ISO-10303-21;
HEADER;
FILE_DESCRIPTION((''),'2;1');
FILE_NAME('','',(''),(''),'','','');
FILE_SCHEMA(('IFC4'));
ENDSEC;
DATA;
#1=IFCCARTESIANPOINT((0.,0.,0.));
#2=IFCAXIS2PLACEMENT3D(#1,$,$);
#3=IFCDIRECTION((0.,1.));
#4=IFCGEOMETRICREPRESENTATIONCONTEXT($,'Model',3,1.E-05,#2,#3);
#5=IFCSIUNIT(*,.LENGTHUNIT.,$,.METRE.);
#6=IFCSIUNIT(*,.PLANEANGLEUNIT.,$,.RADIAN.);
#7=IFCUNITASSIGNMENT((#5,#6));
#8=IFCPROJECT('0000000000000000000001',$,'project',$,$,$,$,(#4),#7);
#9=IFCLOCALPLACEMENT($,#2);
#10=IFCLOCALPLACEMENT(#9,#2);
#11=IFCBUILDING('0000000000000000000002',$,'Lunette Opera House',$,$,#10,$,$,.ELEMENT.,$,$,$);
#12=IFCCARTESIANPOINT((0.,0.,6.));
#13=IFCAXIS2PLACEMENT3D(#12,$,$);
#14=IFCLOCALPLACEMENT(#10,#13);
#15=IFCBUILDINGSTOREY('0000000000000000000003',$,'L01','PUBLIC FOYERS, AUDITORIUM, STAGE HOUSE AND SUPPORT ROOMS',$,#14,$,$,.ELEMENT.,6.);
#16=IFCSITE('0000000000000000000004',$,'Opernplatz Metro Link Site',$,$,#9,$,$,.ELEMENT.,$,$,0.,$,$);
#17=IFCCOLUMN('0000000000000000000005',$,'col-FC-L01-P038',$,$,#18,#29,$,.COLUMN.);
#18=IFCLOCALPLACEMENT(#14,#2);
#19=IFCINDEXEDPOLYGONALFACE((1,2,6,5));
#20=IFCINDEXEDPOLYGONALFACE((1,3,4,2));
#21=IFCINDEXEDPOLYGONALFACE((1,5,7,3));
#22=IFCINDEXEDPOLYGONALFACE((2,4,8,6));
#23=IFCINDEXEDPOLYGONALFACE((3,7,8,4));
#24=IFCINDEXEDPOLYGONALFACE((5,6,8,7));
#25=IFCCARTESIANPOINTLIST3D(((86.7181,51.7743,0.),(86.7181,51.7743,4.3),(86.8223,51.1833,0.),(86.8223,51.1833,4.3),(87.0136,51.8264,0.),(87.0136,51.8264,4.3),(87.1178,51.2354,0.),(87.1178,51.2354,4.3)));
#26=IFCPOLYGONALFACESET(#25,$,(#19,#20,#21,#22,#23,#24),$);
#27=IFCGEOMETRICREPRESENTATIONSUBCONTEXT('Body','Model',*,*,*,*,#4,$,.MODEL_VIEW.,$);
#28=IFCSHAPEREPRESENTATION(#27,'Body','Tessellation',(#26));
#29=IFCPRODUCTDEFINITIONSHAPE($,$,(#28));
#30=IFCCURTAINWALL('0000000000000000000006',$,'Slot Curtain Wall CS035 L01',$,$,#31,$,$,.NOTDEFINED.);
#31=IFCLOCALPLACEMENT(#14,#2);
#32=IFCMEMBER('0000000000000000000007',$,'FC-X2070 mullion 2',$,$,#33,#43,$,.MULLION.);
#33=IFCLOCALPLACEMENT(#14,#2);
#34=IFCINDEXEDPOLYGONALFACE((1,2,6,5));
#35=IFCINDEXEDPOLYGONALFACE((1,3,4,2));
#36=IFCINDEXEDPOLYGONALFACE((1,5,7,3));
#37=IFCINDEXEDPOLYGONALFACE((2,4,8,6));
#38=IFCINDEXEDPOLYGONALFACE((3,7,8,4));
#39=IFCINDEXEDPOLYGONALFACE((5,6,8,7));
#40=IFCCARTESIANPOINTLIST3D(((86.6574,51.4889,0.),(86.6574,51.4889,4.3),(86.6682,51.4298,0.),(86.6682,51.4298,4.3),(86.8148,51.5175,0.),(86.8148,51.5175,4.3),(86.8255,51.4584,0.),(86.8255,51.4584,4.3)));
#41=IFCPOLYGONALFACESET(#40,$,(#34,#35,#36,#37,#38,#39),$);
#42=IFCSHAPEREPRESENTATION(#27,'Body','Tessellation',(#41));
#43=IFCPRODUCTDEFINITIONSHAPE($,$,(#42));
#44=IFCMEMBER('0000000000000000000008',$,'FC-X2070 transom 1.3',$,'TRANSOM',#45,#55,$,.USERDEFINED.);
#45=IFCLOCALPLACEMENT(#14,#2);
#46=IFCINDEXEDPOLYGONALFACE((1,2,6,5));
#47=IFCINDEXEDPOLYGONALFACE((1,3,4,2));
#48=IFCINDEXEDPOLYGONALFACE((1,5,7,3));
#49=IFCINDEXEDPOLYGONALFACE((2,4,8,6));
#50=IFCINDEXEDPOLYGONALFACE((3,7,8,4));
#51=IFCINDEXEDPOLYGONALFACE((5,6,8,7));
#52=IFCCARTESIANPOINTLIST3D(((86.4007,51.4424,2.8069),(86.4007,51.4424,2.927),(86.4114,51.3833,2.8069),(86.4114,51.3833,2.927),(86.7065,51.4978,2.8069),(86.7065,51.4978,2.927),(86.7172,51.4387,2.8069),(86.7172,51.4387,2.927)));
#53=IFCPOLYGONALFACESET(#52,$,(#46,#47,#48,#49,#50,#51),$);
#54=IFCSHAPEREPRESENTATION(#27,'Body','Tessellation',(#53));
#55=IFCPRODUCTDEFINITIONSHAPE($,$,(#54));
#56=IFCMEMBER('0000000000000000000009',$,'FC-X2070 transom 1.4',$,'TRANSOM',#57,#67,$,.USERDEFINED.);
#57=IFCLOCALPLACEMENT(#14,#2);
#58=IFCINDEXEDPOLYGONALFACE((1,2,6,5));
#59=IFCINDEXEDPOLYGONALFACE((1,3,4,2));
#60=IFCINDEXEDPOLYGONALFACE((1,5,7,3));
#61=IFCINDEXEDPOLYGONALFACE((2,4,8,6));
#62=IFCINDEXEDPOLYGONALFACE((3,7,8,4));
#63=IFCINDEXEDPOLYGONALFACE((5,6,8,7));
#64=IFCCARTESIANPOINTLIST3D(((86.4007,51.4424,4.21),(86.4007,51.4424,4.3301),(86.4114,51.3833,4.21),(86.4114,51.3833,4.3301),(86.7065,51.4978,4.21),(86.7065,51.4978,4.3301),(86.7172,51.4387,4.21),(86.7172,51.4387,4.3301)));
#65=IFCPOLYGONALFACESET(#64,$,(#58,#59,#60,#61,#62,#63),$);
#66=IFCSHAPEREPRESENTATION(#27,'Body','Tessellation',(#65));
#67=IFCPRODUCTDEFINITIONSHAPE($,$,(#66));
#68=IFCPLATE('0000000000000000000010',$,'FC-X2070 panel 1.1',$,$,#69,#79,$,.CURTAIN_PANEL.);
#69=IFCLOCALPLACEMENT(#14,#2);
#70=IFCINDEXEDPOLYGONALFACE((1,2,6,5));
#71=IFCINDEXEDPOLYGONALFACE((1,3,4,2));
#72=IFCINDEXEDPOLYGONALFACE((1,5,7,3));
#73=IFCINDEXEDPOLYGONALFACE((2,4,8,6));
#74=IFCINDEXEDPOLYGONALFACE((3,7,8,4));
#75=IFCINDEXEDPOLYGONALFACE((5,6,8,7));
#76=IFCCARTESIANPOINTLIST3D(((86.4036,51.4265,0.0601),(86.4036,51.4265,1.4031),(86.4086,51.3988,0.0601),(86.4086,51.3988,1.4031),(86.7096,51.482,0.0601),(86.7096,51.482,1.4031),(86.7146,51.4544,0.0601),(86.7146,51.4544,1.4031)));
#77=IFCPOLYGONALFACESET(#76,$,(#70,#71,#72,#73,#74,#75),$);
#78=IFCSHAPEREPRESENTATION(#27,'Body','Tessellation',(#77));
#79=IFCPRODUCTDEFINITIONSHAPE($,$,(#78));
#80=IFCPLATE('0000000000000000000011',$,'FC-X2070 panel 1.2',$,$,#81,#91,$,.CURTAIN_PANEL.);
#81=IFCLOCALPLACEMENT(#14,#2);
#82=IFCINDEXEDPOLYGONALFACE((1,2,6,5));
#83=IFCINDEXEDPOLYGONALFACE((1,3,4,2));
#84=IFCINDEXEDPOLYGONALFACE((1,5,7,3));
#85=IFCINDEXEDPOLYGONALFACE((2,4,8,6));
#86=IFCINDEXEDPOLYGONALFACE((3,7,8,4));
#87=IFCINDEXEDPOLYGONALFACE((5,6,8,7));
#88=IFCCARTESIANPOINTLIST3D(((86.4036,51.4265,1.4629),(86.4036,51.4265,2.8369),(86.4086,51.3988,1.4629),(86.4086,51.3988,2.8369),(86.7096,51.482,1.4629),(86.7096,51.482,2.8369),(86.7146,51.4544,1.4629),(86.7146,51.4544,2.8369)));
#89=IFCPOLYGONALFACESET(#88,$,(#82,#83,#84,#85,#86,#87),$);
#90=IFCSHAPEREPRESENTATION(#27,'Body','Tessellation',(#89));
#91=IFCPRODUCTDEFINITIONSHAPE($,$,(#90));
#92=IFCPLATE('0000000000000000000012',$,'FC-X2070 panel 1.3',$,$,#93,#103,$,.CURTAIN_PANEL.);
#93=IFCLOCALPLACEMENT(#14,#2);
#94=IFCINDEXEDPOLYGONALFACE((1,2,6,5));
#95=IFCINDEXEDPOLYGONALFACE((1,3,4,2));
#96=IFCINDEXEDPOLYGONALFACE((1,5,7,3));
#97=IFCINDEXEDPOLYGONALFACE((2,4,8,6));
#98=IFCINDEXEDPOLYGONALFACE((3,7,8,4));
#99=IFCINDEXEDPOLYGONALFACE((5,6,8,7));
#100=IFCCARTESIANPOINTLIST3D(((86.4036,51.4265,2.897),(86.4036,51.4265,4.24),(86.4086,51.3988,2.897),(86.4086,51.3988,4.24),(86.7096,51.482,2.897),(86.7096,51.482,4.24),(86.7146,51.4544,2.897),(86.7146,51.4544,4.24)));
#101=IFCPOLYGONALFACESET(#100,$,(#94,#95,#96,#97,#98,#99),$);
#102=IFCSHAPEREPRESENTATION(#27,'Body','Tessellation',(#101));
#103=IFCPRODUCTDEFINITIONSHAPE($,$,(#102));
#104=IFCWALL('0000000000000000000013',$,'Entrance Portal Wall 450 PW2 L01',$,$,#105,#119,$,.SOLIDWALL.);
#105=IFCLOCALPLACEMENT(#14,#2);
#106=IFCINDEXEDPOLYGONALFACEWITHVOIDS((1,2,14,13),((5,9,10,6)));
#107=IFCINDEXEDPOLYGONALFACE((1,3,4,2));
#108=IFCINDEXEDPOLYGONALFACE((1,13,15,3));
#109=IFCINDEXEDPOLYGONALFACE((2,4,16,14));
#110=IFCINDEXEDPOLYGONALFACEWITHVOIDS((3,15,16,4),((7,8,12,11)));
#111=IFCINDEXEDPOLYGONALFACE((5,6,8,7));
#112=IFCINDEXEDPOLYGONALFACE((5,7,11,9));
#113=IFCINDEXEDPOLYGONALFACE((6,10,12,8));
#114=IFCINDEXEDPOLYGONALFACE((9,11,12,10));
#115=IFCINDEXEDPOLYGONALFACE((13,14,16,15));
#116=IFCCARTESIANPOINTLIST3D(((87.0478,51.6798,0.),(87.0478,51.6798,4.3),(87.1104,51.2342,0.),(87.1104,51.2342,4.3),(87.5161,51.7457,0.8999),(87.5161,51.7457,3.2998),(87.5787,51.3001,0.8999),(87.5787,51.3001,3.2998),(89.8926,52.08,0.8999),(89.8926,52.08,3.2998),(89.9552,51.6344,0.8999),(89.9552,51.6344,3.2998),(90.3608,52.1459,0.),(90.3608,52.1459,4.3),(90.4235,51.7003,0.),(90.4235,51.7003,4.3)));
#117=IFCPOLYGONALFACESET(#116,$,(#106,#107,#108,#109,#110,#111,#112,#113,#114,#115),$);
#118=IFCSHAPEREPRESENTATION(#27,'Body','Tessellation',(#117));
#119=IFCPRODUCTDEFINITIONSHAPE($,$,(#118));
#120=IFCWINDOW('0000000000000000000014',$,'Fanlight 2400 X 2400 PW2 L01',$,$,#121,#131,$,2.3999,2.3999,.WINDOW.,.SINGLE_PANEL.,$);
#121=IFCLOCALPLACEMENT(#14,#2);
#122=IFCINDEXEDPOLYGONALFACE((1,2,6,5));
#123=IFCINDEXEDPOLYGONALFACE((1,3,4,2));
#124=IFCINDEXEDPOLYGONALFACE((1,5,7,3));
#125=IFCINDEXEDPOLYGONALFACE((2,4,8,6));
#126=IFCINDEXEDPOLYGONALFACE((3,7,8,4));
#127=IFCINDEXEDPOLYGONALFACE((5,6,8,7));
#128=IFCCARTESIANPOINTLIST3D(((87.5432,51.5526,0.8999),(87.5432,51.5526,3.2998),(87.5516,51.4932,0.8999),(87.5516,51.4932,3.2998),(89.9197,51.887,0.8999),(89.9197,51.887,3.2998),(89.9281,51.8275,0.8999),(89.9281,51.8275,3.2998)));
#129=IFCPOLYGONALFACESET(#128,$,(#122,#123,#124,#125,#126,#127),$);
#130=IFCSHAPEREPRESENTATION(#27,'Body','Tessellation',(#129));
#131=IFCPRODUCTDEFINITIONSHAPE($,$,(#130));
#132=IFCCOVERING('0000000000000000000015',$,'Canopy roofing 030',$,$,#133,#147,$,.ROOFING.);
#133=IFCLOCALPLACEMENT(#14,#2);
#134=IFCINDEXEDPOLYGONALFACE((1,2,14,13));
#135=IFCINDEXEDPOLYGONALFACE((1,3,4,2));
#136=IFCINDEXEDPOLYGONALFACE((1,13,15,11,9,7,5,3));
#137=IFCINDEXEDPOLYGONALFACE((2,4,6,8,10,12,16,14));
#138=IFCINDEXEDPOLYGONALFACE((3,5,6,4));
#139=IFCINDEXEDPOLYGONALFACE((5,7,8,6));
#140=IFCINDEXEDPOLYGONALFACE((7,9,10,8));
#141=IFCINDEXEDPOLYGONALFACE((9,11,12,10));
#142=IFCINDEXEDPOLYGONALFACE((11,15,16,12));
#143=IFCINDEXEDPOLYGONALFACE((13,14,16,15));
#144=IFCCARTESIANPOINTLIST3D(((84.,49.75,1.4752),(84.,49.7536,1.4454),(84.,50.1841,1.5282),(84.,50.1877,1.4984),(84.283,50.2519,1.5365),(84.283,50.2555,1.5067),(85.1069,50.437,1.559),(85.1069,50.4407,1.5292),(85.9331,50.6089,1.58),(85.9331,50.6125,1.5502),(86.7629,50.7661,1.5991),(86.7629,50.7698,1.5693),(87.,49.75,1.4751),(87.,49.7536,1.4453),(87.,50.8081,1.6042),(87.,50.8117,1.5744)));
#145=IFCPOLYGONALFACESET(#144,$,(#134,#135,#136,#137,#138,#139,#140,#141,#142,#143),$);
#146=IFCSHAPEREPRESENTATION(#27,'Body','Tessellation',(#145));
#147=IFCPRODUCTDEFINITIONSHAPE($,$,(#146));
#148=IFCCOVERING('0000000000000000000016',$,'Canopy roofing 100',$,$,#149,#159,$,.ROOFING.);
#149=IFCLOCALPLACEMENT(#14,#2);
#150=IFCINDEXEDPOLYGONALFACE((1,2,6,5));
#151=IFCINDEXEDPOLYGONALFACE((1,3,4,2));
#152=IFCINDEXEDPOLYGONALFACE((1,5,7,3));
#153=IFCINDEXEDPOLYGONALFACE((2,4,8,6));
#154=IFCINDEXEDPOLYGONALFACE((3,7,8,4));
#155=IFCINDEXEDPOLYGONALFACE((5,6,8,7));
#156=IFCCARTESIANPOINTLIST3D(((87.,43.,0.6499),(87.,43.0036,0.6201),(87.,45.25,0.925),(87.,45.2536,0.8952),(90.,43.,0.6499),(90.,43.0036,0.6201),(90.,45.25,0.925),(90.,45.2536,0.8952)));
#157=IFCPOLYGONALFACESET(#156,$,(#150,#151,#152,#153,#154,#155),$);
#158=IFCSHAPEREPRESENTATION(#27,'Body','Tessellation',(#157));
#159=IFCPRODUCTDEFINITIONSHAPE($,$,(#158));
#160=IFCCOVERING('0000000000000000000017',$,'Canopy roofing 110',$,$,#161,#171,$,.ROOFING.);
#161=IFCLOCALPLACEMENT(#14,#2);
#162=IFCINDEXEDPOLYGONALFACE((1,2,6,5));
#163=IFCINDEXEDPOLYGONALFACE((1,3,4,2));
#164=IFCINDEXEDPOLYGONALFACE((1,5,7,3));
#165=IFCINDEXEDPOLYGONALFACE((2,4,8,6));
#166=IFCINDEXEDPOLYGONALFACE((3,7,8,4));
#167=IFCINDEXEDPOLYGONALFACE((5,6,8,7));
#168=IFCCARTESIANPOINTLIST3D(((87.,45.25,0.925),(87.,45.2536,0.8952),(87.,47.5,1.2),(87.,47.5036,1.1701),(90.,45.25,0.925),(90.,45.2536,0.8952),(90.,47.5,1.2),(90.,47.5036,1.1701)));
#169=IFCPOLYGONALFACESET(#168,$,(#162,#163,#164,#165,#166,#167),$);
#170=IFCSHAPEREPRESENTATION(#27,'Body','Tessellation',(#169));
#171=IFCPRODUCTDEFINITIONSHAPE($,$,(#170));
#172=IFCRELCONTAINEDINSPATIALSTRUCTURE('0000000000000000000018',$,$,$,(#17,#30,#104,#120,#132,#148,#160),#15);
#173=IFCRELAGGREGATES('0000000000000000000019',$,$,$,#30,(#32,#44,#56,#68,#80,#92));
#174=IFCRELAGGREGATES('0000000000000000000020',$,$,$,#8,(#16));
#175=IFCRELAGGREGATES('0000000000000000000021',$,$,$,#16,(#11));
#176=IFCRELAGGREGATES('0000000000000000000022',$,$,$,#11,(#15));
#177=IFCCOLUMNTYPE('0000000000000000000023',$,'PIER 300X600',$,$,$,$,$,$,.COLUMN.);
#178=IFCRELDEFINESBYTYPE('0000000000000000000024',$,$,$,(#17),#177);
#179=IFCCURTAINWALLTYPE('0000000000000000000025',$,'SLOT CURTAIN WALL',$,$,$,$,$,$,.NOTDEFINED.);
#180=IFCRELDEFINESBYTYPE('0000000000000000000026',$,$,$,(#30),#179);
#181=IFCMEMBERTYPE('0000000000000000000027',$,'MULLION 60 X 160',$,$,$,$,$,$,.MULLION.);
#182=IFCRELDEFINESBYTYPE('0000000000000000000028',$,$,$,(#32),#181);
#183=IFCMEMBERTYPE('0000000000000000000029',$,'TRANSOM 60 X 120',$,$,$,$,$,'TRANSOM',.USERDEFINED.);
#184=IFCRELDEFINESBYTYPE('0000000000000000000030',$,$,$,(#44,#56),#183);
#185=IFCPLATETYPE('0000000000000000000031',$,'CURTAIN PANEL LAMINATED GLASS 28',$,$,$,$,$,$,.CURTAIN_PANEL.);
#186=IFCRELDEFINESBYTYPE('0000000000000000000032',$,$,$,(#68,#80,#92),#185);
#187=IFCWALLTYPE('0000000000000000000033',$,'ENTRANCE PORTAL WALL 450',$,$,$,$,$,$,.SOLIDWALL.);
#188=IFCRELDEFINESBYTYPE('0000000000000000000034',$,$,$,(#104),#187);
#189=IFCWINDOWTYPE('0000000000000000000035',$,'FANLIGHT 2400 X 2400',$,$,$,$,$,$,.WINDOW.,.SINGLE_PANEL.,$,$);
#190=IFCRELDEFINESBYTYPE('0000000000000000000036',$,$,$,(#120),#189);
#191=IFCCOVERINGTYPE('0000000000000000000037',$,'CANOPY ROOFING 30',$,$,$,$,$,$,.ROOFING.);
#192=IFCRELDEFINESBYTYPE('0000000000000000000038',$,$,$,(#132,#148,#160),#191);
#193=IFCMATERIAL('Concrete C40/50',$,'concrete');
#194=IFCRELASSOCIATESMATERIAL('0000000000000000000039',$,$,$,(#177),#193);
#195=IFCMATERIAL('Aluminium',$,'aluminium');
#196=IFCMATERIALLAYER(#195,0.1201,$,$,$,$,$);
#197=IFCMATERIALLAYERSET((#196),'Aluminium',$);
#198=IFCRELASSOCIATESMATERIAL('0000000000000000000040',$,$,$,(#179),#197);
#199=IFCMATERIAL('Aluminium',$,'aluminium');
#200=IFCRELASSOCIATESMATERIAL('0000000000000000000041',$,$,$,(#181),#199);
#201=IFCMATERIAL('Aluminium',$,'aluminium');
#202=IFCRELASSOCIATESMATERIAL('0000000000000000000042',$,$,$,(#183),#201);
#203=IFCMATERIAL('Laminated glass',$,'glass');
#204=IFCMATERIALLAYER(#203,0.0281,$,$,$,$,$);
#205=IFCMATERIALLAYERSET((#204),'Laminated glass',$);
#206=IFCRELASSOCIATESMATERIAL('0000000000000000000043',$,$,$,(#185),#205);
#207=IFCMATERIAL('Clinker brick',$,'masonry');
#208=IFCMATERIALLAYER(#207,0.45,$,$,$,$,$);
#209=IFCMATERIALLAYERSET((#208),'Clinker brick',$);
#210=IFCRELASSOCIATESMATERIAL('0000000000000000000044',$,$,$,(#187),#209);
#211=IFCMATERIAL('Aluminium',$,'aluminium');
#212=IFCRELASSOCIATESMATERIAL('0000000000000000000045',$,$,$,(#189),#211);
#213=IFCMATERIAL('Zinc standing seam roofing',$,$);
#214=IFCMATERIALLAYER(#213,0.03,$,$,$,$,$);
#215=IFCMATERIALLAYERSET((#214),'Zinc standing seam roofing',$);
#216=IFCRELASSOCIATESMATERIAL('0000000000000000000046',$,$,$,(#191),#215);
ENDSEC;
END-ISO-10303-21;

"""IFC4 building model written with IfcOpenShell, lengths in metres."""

from ifc_helpers import new_model, si_unit, direction, frame, frame_2d, origin, origin_2d, place, context, subcontext, project, spatial, polyline, rectangle, outline, extrude, material, layer, layer_set, material_profile, profile_set, type_object, element, fill, aggregate, save


model = new_model("IFC4")

# Units and contexts
model_context = context("Model", 3, precision=1e-05, world=origin(), true_north=direction((0.0, 1.0)))
body_context = subcontext(model_context, "Body", "Model", "MODEL_VIEW")
ifc_project = project(units=[si_unit("LENGTHUNIT", "METRE"), si_unit("PLANEANGLEUNIT", "RADIAN")], contexts=[model_context])

# Site, building, storey
site_placement = place(None, origin())
site = spatial("IfcSite", under=ifc_project, at=site_placement, Name="Opernplatz Metro Link Site", CompositionType="ELEMENT", RefElevation=0.0)
building_placement = place(site_placement, origin())
building = spatial("IfcBuilding", under=site, at=building_placement, Name="Lunette Opera House", CompositionType="ELEMENT")
storey_placement = place(building_placement, frame((0.0, 0.0, 6.0)))
storey = spatial("IfcBuildingStorey", under=building, at=storey_placement, Name="L01", Description="PUBLIC FOYERS, AUDITORIUM, STAGE HOUSE AND SUPPORT ROOMS", CompositionType="ELEMENT", Elevation=6.0)

# Column
ifc_material_1 = material(Name="Concrete C40/50", Category="concrete")
ifc_material_profile_1 = material_profile(ifc_material_1, rectangle(XDim=0.3, YDim=0.6001, at=origin_2d()), Name="PIER 300X600")
ifc_profile_set_1 = profile_set([ifc_material_profile_1], Name="Concrete C40/50")
column_type = type_object("IfcColumnType", Name="PIER 300X600", PredefinedType="COLUMN", material=ifc_profile_set_1)
column_placement = place(storey_placement, frame((86.918, 51.5049, 0.0), z_axis=(0.0, 0.0, 1.0), x_axis=(0.984808, 0.173648, 0.0)))
element("IfcColumn", 1, at=column_placement, inside=storey, type_object=column_type, Name="col-FC-L01-P038", PredefinedType="COLUMN", context=body_context, shape_type="SweptSolid", body=[
    extrude(rectangle(XDim=0.3, YDim=0.6001, at=origin_2d()), origin(), (0.0, 0.0, 1.0), 4.3),
])

# Curtain wall, members, plates
ifc_material_2 = material(Name="Aluminium", Category="aluminium")
ifc_layer_1 = layer(ifc_material_2, 0.1201)
ifc_layer_set_1 = layer_set([ifc_layer_1], Name="Aluminium")
curtain_wall_type = type_object("IfcCurtainWallType", Name="SLOT CURTAIN WALL", PredefinedType="NOTDEFINED", material=ifc_layer_set_1)
curtain_wall_placement = place(storey_placement, origin())
curtain_wall = element("IfcCurtainWall", 2, at=curtain_wall_placement, inside=storey, type_object=curtain_wall_type, Name="Slot Curtain Wall CS035 L01", PredefinedType="NOTDEFINED")
ifc_material_3 = material(Name="Aluminium", Category="aluminium")
ifc_material_profile_2 = material_profile(ifc_material_3, rectangle(XDim=0.0601, YDim=0.1599, at=origin_2d()), Name="MULLION 60 X 160")
ifc_profile_set_2 = profile_set([ifc_material_profile_2], Name="Aluminium")
member_type_1 = type_object("IfcMemberType", Name="MULLION 60 X 160", PredefinedType="MULLION", material=ifc_profile_set_2)
member_1_placement = place(storey_placement, frame((86.7415, 51.4736, 0.0), z_axis=(0.0, 0.0, 1.0), x_axis=(-0.178681, 0.983907, 0.0)))
member_1 = element("IfcMember", 3, at=member_1_placement, type_object=member_type_1, Name="FC-X2070 mullion 2", PredefinedType="MULLION", context=body_context, shape_type="SweptSolid", body=[
    extrude(rectangle(XDim=0.0601, YDim=0.1599, at=origin_2d()), origin(), (0.0, 0.0, 1.0), 4.3),
])
ifc_material_4 = material(Name="Aluminium", Category="aluminium")
ifc_material_profile_3 = material_profile(ifc_material_4, rectangle(XDim=0.0601, YDim=0.1201, at=origin_2d()), Name="TRANSOM 60 X 120")
ifc_profile_set_3 = profile_set([ifc_material_profile_3], Name="Aluminium")
member_type_2 = type_object("IfcMemberType", Name="TRANSOM 60 X 120", ElementType="TRANSOM", PredefinedType="USERDEFINED", material=ifc_profile_set_3)
member_2_placement = place(storey_placement, frame((86.406, 51.4128, 2.8669), z_axis=(0.983983, 0.178263, 0.0), x_axis=(-0.178263, 0.983983, 0.0)))
member_2 = element("IfcMember", 4, at=member_2_placement, type_object=member_type_2, Name="FC-X2070 transom 1.3", ObjectType="TRANSOM", PredefinedType="USERDEFINED", context=body_context, shape_type="SweptSolid", body=[
    extrude(rectangle(XDim=0.0601, YDim=0.1201, at=origin_2d()), origin(), (0.0, 0.0, 1.0), 0.3108),
])
member_3_placement = place(storey_placement, frame((86.406, 51.4128, 4.27), z_axis=(0.983983, 0.178263, 0.0), x_axis=(-0.178263, 0.983983, 0.0)))
member_3 = element("IfcMember", 5, at=member_3_placement, type_object=member_type_2, Name="FC-X2070 transom 1.4", ObjectType="TRANSOM", PredefinedType="USERDEFINED", context=body_context, shape_type="SweptSolid", body=[
    extrude(rectangle(XDim=0.0601, YDim=0.1201, at=origin_2d()), origin(), (0.0, 0.0, 1.0), 0.3108),
])
ifc_material_5 = material(Name="Laminated glass", Category="glass")
ifc_layer_2 = layer(ifc_material_5, 0.0281)
ifc_layer_set_2 = layer_set([ifc_layer_2], Name="Laminated glass")
plate_type = type_object("IfcPlateType", Name="CURTAIN PANEL LAMINATED GLASS 28", PredefinedType="CURTAIN_PANEL", material=ifc_layer_set_2)
plate_1_placement = place(storey_placement, frame((86.5591, 51.4404, 0.0601), z_axis=(0.0, 0.0, 1.0), x_axis=(0.983907, 0.178681, 0.0)))
plate_1 = element("IfcPlate", 6, at=plate_1_placement, type_object=plate_type, Name="FC-X2070 panel 1.1", PredefinedType="CURTAIN_PANEL", context=body_context, shape_type="SweptSolid", body=[
    extrude(rectangle(XDim=0.311, YDim=0.0281, at=origin_2d()), origin(), (0.0, 0.0, 1.0), 1.343),
])
plate_2_placement = place(storey_placement, frame((86.5591, 51.4404, 1.4629), z_axis=(0.0, 0.0, 1.0), x_axis=(0.983907, 0.178681, 0.0)))
plate_2 = element("IfcPlate", 7, at=plate_2_placement, type_object=plate_type, Name="FC-X2070 panel 1.2", PredefinedType="CURTAIN_PANEL", context=body_context, shape_type="SweptSolid", body=[
    extrude(rectangle(XDim=0.311, YDim=0.0281, at=origin_2d()), origin(), (0.0, 0.0, 1.0), 1.374),
])
plate_3_placement = place(storey_placement, frame((86.5591, 51.4404, 2.897), z_axis=(0.0, 0.0, 1.0), x_axis=(0.983907, 0.178681, 0.0)))
plate_3 = element("IfcPlate", 8, at=plate_3_placement, type_object=plate_type, Name="FC-X2070 panel 1.3", PredefinedType="CURTAIN_PANEL", context=body_context, shape_type="SweptSolid", body=[
    extrude(rectangle(XDim=0.311, YDim=0.0281, at=origin_2d()), origin(), (0.0, 0.0, 1.0), 1.343),
])
aggregate(curtain_wall, [member_1, member_2, member_3, plate_1, plate_2, plate_3])

# Wall, opening, window
ifc_material_6 = material(Name="Clinker brick", Category="masonry")
ifc_layer_3 = layer(ifc_material_6, 0.45)
ifc_layer_set_3 = layer_set([ifc_layer_3], Name="Clinker brick")
wall_type = type_object("IfcWallType", Name="ENTRANCE PORTAL WALL 450", PredefinedType="SOLIDWALL", material=ifc_layer_set_3)
wall_placement = place(storey_placement, frame((87.0791, 51.457, 0.0), z_axis=(0.0, 0.0, 1.0), x_axis=(0.990249, 0.139306, 0.0)))
wall = element("IfcWall", 9, at=wall_placement, inside=storey, type_object=wall_type, Name="Entrance Portal Wall 450 PW2 L01", PredefinedType="SOLIDWALL", context=body_context, shape_type="SweptSolid", body=[
    extrude(rectangle(XDim=3.3457, YDim=0.45, at=frame_2d((1.6729, 0.0))), origin(), (0.0, 0.0, 1.0), 4.3),
])
opening_placement = place(wall_placement, frame((0.4729, 0.0, 0.8999)))
opening = element("IfcOpeningElement", 10, at=opening_placement, cuts=wall, PredefinedType="OPENING", context=body_context, shape_type="SweptSolid", body=[
    extrude(rectangle(XDim=2.3999, YDim=2.3999, at=frame_2d((1.2, 1.2))), frame((0.0, 0.2371, 0.0), z_axis=(0.0, -1.0, 0.0), x_axis=(1.0, 0.0, 0.0)), (0.0, 0.0, 1.0), 0.4739),
])
ifc_material_7 = material(Name="Aluminium", Category="aluminium")
window_type = type_object("IfcWindowType", Name="FANLIGHT 2400 X 2400", PartitioningType="SINGLE_PANEL", PredefinedType="WINDOW", material=ifc_material_7)
window_placement = place(opening_placement, origin())
window = element("IfcWindow", 11, at=window_placement, inside=storey, type_object=window_type, Name="Fanlight 2400 X 2400 PW2 L01", OverallHeight=2.3999, OverallWidth=2.3999, PartitioningType="SINGLE_PANEL", PredefinedType="WINDOW", context=body_context, shape_type="SweptSolid", body=[
    extrude(rectangle(XDim=2.3999, YDim=2.3999, at=frame_2d((1.2, 1.2))), frame((0.0, 0.03, 0.0), z_axis=(0.0, -1.0, 0.0), x_axis=(1.0, 0.0, 0.0)), (0.0, 0.0, 1.0), 0.0601),
])
fill(opening, window)

# Coverings
ifc_material_8 = material(Name="Zinc standing seam roofing")
ifc_layer_4 = layer(ifc_material_8, 0.03)
ifc_layer_set_4 = layer_set([ifc_layer_4], Name="Zinc standing seam roofing")
covering_type = type_object("IfcCoveringType", Name="CANOPY ROOFING 30", PredefinedType="ROOFING", material=ifc_layer_set_4)
covering_1_placement = place(storey_placement, frame((87.0, 49.75, 1.4751), z_axis=(0.000048, -0.12113, 0.992637), x_axis=(-1.0, -0.000006, 0.000047)))
element("IfcCovering", 12, at=covering_1_placement, inside=storey, type_object=covering_type, Name="Canopy roofing 030", PredefinedType="ROOFING", context=body_context, shape_type="SweptSolid", body=[
    extrude(outline(polyline([(0.0, 0.0), (3.0, 0.0), (3.0, -0.4373), (2.717, -0.5056), (1.8931, -0.6921), (1.0669, -0.8653), (0.2371, -1.0237), (0.0, -1.0659), (0.0, 0.0)])), origin(), (0.0, 0.0, -1.0), 0.03),
])
covering_2_placement = place(storey_placement, frame((87.0, 43.0, 0.6499), z_axis=(0.0, -0.121383, 0.992606), x_axis=(0.0, 0.992606, 0.121383)))
element("IfcCovering", 13, at=covering_2_placement, inside=storey, type_object=covering_type, Name="Canopy roofing 100", PredefinedType="ROOFING", context=body_context, shape_type="SweptSolid", body=[
    extrude(outline(polyline([(0.0, 0.0), (2.2668, 0.0), (2.2668, -3.0), (0.0, -3.0), (0.0, 0.0)])), origin(), (0.0, 0.0, -1.0), 0.03),
])
covering_3_placement = place(storey_placement, frame((87.0, 45.25, 0.925), z_axis=(0.0, -0.121277, 0.992619), x_axis=(0.0, 0.992619, 0.121277)))
element("IfcCovering", 14, at=covering_3_placement, inside=storey, type_object=covering_type, Name="Canopy roofing 110", PredefinedType="ROOFING", context=body_context, shape_type="SweptSolid", body=[
    extrude(outline(polyline([(0.0, 0.0), (2.2667, 0.0), (2.2667, -3.0), (0.0, -3.0), (0.0, 0.0)])), origin(), (0.0, 0.0, -1.0), 0.03),
])

save(model, "model.ifc")
